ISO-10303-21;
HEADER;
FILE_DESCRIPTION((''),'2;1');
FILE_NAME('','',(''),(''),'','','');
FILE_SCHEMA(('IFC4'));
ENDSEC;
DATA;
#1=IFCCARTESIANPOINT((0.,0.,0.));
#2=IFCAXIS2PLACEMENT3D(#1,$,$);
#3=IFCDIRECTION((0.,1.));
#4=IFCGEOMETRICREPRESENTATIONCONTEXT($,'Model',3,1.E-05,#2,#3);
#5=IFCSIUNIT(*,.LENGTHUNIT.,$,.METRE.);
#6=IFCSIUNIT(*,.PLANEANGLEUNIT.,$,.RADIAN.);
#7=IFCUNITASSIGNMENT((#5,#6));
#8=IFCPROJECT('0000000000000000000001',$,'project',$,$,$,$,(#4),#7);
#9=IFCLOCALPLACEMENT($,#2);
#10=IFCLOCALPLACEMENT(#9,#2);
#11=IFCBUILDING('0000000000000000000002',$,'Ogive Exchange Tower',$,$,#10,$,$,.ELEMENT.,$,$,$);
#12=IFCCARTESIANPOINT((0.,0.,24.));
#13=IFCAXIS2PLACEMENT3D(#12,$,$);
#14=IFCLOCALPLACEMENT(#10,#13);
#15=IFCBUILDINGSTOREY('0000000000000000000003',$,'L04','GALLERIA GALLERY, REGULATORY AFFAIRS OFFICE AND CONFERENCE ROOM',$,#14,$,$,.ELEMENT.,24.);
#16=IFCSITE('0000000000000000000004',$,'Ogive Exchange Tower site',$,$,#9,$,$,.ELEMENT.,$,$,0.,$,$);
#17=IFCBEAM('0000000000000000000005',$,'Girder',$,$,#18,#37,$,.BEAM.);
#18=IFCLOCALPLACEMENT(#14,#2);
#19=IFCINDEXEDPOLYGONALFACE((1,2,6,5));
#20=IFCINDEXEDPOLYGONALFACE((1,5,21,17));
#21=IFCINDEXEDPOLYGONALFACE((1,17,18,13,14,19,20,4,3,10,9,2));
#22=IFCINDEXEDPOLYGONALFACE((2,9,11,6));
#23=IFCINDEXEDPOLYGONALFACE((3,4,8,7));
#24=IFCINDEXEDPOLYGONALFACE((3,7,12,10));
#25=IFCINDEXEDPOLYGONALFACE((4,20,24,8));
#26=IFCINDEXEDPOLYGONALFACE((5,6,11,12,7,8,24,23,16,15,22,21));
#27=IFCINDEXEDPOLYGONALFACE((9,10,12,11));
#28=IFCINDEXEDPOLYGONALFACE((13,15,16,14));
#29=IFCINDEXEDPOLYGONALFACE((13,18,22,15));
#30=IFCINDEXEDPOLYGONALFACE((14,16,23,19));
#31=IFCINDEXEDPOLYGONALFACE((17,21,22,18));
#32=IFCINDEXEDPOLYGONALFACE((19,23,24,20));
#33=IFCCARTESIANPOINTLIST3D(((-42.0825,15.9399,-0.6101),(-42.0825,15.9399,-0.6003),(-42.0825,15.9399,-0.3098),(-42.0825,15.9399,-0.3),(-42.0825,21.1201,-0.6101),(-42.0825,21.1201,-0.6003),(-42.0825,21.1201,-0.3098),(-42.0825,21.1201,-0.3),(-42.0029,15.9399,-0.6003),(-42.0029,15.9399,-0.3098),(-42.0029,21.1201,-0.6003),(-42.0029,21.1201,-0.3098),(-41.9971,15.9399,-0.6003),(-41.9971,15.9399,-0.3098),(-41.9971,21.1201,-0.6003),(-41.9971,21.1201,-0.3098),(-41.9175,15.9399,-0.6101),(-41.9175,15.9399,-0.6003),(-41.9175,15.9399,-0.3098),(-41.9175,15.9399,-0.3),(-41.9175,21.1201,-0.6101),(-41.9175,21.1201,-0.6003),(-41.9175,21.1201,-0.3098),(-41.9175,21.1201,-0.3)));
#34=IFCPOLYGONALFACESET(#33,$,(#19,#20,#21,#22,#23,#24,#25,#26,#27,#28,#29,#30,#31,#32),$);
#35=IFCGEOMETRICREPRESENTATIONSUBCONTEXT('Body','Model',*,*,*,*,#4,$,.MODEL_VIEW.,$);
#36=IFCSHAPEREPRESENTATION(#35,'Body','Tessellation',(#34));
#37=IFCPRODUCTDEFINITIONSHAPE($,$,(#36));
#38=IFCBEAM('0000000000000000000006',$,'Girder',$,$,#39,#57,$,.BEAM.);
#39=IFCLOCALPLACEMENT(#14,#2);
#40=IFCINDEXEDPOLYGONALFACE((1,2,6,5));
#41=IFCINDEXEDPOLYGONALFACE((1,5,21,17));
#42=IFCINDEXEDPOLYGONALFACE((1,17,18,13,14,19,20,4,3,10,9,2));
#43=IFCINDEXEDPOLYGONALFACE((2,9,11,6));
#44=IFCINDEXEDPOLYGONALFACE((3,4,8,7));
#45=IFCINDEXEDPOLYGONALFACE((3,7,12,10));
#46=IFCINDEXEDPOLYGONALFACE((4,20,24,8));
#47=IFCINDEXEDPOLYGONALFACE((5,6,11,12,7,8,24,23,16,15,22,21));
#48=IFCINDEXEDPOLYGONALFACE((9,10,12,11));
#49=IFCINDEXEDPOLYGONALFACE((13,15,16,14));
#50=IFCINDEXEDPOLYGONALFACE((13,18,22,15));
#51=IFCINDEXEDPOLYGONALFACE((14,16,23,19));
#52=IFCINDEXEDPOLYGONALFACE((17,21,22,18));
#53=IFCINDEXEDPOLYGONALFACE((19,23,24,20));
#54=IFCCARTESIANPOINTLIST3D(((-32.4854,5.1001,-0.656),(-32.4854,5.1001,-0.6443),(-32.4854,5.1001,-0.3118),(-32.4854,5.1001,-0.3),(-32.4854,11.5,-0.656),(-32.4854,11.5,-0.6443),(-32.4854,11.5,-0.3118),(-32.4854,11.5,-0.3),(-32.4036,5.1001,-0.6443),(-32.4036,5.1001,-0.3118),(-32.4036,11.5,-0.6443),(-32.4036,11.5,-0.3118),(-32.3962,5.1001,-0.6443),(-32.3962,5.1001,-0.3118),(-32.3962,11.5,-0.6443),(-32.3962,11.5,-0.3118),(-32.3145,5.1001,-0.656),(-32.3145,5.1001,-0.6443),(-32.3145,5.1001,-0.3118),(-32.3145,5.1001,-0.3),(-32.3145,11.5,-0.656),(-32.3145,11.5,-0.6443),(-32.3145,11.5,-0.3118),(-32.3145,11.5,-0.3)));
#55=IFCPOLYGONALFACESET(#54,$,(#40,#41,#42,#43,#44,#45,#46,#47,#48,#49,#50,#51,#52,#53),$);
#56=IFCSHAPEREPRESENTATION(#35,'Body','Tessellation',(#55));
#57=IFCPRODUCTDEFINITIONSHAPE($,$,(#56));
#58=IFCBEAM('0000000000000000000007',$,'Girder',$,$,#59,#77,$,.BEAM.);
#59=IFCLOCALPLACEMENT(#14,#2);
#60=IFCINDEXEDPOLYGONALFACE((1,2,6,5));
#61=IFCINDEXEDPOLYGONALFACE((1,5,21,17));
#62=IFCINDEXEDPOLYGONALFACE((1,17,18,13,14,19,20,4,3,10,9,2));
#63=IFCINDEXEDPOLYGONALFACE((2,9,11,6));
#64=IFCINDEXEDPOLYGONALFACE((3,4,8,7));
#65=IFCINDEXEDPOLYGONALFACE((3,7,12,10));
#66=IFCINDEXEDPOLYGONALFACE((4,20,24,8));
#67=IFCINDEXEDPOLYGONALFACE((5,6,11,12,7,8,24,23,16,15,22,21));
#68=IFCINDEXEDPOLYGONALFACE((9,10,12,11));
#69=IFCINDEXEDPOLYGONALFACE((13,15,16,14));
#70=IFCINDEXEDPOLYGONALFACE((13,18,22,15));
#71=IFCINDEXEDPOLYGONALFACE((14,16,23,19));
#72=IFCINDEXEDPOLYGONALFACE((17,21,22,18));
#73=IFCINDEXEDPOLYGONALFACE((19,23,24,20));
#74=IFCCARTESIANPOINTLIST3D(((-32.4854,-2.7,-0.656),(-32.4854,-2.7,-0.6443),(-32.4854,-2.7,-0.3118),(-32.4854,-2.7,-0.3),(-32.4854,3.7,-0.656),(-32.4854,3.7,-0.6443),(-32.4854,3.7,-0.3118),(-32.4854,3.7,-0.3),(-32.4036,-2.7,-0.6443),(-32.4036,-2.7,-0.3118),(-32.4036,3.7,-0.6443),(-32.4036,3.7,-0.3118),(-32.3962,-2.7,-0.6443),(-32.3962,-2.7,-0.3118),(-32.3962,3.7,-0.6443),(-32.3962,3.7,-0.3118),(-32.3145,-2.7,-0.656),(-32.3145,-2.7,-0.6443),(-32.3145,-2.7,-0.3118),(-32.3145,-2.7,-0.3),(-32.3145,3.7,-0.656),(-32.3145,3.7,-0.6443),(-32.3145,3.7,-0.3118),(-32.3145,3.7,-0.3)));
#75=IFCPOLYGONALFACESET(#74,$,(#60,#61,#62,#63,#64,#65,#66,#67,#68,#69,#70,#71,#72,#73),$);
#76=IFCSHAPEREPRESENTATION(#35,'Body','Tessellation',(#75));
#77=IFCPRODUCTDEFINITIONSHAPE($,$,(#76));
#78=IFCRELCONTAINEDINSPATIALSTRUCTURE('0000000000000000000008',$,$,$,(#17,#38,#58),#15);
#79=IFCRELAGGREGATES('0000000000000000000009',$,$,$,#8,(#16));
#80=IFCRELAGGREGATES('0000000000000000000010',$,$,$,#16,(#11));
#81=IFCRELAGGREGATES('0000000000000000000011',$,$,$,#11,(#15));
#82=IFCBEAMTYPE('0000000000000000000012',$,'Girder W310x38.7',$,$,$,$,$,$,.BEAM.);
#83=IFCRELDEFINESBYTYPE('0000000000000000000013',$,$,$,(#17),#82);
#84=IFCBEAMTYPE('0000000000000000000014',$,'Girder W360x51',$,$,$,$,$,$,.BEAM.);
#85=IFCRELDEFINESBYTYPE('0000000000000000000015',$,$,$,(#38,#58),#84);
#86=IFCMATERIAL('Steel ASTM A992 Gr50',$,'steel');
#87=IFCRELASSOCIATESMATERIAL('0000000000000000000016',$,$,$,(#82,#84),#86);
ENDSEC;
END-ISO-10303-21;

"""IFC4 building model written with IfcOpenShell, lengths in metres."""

from ifc_helpers import new_model, si_unit, direction, frame, origin, origin_2d, place, context, subcontext, project, spatial, i_section, extrude, material, material_profile, profile_set, type_object, element, save


model = new_model("IFC4")

# Units and contexts
model_context = context("Model", 3, precision=1e-05, world=origin(), true_north=direction((0.0, 1.0)))
body_context = subcontext(model_context, "Body", "Model", "MODEL_VIEW")
ifc_project = project(units=[si_unit("LENGTHUNIT", "METRE"), si_unit("PLANEANGLEUNIT", "RADIAN")], contexts=[model_context])

# Site, building, storey
site_placement = place(None, origin())
site = spatial("IfcSite", under=ifc_project, at=site_placement, Name="Ogive Exchange Tower site", CompositionType="ELEMENT", RefElevation=0.0)
building_placement = place(site_placement, origin())
building = spatial("IfcBuilding", under=site, at=building_placement, Name="Ogive Exchange Tower", CompositionType="ELEMENT")
storey_placement = place(building_placement, frame((0.0, 0.0, 24.0)))
storey = spatial("IfcBuildingStorey", under=building, at=storey_placement, Name="L04", Description="GALLERIA GALLERY, REGULATORY AFFAIRS OFFICE AND CONFERENCE ROOM", CompositionType="ELEMENT", Elevation=24.0)

# Beams
ifc_material_1 = material(Name="Steel ASTM A992 Gr50", Category="steel")
ifc_material_profile_1 = material_profile(ifc_material_1, i_section(OverallWidth=0.165, OverallDepth=0.3101, WebThickness=0.0059, FlangeThickness=0.0098, at=origin_2d()), Name="W310x38.7")
ifc_profile_set_1 = profile_set([ifc_material_profile_1], Name="Steel ASTM A992 Gr50")
beam_type_1 = type_object("IfcBeamType", Name="Girder W310x38.7", PredefinedType="BEAM", material=ifc_profile_set_1)
beam_1_placement = place(storey_placement, frame((-42.0, 15.9399, -0.4551), z_axis=(0.0, 1.0, 0.0), x_axis=(-1.0, 0.0, 0.0)))
element("IfcBeam", 1, at=beam_1_placement, inside=storey, type_object=beam_type_1, Name="Girder", PredefinedType="BEAM", context=body_context, shape_type="SweptSolid", body=[
    extrude(i_section(OverallWidth=0.165, OverallDepth=0.3101, WebThickness=0.0059, FlangeThickness=0.0098, at=origin_2d()), origin(), (0.0, 0.0, 1.0), 5.1802),
])
ifc_material_profile_2 = material_profile(ifc_material_1, i_section(OverallWidth=0.1709, OverallDepth=0.356, WebThickness=0.0073, FlangeThickness=0.0117, at=origin_2d()), Name="W360x51")
ifc_profile_set_2 = profile_set([ifc_material_profile_2], Name="Steel ASTM A992 Gr50")
beam_type_2 = type_object("IfcBeamType", Name="Girder W360x51", PredefinedType="BEAM", material=ifc_profile_set_2)
for number, where, z_axis, x_axis, name in (
    (2, (-32.3999, 11.5, -0.478), (0.0, -1.0, 0.0), (1.0, 0.0, 0.0), "Girder"),
    (3, (-32.3999, 3.7, -0.478), (0.0, -1.0, 0.0), (1.0, 0.0, 0.0), "Girder"),
):
    element("IfcBeam", number, at=place(storey_placement, frame(where, z_axis=z_axis, x_axis=x_axis)), inside=storey, type_object=beam_type_2, Name=name, PredefinedType="BEAM", context=body_context, shape_type="SweptSolid", body=[
        extrude(i_section(OverallWidth=0.1709, OverallDepth=0.356, WebThickness=0.0073, FlangeThickness=0.0117, at=origin_2d()), origin(), (0.0, 0.0, 1.0), 6.3999),
    ])

save(model, "model.ifc")
